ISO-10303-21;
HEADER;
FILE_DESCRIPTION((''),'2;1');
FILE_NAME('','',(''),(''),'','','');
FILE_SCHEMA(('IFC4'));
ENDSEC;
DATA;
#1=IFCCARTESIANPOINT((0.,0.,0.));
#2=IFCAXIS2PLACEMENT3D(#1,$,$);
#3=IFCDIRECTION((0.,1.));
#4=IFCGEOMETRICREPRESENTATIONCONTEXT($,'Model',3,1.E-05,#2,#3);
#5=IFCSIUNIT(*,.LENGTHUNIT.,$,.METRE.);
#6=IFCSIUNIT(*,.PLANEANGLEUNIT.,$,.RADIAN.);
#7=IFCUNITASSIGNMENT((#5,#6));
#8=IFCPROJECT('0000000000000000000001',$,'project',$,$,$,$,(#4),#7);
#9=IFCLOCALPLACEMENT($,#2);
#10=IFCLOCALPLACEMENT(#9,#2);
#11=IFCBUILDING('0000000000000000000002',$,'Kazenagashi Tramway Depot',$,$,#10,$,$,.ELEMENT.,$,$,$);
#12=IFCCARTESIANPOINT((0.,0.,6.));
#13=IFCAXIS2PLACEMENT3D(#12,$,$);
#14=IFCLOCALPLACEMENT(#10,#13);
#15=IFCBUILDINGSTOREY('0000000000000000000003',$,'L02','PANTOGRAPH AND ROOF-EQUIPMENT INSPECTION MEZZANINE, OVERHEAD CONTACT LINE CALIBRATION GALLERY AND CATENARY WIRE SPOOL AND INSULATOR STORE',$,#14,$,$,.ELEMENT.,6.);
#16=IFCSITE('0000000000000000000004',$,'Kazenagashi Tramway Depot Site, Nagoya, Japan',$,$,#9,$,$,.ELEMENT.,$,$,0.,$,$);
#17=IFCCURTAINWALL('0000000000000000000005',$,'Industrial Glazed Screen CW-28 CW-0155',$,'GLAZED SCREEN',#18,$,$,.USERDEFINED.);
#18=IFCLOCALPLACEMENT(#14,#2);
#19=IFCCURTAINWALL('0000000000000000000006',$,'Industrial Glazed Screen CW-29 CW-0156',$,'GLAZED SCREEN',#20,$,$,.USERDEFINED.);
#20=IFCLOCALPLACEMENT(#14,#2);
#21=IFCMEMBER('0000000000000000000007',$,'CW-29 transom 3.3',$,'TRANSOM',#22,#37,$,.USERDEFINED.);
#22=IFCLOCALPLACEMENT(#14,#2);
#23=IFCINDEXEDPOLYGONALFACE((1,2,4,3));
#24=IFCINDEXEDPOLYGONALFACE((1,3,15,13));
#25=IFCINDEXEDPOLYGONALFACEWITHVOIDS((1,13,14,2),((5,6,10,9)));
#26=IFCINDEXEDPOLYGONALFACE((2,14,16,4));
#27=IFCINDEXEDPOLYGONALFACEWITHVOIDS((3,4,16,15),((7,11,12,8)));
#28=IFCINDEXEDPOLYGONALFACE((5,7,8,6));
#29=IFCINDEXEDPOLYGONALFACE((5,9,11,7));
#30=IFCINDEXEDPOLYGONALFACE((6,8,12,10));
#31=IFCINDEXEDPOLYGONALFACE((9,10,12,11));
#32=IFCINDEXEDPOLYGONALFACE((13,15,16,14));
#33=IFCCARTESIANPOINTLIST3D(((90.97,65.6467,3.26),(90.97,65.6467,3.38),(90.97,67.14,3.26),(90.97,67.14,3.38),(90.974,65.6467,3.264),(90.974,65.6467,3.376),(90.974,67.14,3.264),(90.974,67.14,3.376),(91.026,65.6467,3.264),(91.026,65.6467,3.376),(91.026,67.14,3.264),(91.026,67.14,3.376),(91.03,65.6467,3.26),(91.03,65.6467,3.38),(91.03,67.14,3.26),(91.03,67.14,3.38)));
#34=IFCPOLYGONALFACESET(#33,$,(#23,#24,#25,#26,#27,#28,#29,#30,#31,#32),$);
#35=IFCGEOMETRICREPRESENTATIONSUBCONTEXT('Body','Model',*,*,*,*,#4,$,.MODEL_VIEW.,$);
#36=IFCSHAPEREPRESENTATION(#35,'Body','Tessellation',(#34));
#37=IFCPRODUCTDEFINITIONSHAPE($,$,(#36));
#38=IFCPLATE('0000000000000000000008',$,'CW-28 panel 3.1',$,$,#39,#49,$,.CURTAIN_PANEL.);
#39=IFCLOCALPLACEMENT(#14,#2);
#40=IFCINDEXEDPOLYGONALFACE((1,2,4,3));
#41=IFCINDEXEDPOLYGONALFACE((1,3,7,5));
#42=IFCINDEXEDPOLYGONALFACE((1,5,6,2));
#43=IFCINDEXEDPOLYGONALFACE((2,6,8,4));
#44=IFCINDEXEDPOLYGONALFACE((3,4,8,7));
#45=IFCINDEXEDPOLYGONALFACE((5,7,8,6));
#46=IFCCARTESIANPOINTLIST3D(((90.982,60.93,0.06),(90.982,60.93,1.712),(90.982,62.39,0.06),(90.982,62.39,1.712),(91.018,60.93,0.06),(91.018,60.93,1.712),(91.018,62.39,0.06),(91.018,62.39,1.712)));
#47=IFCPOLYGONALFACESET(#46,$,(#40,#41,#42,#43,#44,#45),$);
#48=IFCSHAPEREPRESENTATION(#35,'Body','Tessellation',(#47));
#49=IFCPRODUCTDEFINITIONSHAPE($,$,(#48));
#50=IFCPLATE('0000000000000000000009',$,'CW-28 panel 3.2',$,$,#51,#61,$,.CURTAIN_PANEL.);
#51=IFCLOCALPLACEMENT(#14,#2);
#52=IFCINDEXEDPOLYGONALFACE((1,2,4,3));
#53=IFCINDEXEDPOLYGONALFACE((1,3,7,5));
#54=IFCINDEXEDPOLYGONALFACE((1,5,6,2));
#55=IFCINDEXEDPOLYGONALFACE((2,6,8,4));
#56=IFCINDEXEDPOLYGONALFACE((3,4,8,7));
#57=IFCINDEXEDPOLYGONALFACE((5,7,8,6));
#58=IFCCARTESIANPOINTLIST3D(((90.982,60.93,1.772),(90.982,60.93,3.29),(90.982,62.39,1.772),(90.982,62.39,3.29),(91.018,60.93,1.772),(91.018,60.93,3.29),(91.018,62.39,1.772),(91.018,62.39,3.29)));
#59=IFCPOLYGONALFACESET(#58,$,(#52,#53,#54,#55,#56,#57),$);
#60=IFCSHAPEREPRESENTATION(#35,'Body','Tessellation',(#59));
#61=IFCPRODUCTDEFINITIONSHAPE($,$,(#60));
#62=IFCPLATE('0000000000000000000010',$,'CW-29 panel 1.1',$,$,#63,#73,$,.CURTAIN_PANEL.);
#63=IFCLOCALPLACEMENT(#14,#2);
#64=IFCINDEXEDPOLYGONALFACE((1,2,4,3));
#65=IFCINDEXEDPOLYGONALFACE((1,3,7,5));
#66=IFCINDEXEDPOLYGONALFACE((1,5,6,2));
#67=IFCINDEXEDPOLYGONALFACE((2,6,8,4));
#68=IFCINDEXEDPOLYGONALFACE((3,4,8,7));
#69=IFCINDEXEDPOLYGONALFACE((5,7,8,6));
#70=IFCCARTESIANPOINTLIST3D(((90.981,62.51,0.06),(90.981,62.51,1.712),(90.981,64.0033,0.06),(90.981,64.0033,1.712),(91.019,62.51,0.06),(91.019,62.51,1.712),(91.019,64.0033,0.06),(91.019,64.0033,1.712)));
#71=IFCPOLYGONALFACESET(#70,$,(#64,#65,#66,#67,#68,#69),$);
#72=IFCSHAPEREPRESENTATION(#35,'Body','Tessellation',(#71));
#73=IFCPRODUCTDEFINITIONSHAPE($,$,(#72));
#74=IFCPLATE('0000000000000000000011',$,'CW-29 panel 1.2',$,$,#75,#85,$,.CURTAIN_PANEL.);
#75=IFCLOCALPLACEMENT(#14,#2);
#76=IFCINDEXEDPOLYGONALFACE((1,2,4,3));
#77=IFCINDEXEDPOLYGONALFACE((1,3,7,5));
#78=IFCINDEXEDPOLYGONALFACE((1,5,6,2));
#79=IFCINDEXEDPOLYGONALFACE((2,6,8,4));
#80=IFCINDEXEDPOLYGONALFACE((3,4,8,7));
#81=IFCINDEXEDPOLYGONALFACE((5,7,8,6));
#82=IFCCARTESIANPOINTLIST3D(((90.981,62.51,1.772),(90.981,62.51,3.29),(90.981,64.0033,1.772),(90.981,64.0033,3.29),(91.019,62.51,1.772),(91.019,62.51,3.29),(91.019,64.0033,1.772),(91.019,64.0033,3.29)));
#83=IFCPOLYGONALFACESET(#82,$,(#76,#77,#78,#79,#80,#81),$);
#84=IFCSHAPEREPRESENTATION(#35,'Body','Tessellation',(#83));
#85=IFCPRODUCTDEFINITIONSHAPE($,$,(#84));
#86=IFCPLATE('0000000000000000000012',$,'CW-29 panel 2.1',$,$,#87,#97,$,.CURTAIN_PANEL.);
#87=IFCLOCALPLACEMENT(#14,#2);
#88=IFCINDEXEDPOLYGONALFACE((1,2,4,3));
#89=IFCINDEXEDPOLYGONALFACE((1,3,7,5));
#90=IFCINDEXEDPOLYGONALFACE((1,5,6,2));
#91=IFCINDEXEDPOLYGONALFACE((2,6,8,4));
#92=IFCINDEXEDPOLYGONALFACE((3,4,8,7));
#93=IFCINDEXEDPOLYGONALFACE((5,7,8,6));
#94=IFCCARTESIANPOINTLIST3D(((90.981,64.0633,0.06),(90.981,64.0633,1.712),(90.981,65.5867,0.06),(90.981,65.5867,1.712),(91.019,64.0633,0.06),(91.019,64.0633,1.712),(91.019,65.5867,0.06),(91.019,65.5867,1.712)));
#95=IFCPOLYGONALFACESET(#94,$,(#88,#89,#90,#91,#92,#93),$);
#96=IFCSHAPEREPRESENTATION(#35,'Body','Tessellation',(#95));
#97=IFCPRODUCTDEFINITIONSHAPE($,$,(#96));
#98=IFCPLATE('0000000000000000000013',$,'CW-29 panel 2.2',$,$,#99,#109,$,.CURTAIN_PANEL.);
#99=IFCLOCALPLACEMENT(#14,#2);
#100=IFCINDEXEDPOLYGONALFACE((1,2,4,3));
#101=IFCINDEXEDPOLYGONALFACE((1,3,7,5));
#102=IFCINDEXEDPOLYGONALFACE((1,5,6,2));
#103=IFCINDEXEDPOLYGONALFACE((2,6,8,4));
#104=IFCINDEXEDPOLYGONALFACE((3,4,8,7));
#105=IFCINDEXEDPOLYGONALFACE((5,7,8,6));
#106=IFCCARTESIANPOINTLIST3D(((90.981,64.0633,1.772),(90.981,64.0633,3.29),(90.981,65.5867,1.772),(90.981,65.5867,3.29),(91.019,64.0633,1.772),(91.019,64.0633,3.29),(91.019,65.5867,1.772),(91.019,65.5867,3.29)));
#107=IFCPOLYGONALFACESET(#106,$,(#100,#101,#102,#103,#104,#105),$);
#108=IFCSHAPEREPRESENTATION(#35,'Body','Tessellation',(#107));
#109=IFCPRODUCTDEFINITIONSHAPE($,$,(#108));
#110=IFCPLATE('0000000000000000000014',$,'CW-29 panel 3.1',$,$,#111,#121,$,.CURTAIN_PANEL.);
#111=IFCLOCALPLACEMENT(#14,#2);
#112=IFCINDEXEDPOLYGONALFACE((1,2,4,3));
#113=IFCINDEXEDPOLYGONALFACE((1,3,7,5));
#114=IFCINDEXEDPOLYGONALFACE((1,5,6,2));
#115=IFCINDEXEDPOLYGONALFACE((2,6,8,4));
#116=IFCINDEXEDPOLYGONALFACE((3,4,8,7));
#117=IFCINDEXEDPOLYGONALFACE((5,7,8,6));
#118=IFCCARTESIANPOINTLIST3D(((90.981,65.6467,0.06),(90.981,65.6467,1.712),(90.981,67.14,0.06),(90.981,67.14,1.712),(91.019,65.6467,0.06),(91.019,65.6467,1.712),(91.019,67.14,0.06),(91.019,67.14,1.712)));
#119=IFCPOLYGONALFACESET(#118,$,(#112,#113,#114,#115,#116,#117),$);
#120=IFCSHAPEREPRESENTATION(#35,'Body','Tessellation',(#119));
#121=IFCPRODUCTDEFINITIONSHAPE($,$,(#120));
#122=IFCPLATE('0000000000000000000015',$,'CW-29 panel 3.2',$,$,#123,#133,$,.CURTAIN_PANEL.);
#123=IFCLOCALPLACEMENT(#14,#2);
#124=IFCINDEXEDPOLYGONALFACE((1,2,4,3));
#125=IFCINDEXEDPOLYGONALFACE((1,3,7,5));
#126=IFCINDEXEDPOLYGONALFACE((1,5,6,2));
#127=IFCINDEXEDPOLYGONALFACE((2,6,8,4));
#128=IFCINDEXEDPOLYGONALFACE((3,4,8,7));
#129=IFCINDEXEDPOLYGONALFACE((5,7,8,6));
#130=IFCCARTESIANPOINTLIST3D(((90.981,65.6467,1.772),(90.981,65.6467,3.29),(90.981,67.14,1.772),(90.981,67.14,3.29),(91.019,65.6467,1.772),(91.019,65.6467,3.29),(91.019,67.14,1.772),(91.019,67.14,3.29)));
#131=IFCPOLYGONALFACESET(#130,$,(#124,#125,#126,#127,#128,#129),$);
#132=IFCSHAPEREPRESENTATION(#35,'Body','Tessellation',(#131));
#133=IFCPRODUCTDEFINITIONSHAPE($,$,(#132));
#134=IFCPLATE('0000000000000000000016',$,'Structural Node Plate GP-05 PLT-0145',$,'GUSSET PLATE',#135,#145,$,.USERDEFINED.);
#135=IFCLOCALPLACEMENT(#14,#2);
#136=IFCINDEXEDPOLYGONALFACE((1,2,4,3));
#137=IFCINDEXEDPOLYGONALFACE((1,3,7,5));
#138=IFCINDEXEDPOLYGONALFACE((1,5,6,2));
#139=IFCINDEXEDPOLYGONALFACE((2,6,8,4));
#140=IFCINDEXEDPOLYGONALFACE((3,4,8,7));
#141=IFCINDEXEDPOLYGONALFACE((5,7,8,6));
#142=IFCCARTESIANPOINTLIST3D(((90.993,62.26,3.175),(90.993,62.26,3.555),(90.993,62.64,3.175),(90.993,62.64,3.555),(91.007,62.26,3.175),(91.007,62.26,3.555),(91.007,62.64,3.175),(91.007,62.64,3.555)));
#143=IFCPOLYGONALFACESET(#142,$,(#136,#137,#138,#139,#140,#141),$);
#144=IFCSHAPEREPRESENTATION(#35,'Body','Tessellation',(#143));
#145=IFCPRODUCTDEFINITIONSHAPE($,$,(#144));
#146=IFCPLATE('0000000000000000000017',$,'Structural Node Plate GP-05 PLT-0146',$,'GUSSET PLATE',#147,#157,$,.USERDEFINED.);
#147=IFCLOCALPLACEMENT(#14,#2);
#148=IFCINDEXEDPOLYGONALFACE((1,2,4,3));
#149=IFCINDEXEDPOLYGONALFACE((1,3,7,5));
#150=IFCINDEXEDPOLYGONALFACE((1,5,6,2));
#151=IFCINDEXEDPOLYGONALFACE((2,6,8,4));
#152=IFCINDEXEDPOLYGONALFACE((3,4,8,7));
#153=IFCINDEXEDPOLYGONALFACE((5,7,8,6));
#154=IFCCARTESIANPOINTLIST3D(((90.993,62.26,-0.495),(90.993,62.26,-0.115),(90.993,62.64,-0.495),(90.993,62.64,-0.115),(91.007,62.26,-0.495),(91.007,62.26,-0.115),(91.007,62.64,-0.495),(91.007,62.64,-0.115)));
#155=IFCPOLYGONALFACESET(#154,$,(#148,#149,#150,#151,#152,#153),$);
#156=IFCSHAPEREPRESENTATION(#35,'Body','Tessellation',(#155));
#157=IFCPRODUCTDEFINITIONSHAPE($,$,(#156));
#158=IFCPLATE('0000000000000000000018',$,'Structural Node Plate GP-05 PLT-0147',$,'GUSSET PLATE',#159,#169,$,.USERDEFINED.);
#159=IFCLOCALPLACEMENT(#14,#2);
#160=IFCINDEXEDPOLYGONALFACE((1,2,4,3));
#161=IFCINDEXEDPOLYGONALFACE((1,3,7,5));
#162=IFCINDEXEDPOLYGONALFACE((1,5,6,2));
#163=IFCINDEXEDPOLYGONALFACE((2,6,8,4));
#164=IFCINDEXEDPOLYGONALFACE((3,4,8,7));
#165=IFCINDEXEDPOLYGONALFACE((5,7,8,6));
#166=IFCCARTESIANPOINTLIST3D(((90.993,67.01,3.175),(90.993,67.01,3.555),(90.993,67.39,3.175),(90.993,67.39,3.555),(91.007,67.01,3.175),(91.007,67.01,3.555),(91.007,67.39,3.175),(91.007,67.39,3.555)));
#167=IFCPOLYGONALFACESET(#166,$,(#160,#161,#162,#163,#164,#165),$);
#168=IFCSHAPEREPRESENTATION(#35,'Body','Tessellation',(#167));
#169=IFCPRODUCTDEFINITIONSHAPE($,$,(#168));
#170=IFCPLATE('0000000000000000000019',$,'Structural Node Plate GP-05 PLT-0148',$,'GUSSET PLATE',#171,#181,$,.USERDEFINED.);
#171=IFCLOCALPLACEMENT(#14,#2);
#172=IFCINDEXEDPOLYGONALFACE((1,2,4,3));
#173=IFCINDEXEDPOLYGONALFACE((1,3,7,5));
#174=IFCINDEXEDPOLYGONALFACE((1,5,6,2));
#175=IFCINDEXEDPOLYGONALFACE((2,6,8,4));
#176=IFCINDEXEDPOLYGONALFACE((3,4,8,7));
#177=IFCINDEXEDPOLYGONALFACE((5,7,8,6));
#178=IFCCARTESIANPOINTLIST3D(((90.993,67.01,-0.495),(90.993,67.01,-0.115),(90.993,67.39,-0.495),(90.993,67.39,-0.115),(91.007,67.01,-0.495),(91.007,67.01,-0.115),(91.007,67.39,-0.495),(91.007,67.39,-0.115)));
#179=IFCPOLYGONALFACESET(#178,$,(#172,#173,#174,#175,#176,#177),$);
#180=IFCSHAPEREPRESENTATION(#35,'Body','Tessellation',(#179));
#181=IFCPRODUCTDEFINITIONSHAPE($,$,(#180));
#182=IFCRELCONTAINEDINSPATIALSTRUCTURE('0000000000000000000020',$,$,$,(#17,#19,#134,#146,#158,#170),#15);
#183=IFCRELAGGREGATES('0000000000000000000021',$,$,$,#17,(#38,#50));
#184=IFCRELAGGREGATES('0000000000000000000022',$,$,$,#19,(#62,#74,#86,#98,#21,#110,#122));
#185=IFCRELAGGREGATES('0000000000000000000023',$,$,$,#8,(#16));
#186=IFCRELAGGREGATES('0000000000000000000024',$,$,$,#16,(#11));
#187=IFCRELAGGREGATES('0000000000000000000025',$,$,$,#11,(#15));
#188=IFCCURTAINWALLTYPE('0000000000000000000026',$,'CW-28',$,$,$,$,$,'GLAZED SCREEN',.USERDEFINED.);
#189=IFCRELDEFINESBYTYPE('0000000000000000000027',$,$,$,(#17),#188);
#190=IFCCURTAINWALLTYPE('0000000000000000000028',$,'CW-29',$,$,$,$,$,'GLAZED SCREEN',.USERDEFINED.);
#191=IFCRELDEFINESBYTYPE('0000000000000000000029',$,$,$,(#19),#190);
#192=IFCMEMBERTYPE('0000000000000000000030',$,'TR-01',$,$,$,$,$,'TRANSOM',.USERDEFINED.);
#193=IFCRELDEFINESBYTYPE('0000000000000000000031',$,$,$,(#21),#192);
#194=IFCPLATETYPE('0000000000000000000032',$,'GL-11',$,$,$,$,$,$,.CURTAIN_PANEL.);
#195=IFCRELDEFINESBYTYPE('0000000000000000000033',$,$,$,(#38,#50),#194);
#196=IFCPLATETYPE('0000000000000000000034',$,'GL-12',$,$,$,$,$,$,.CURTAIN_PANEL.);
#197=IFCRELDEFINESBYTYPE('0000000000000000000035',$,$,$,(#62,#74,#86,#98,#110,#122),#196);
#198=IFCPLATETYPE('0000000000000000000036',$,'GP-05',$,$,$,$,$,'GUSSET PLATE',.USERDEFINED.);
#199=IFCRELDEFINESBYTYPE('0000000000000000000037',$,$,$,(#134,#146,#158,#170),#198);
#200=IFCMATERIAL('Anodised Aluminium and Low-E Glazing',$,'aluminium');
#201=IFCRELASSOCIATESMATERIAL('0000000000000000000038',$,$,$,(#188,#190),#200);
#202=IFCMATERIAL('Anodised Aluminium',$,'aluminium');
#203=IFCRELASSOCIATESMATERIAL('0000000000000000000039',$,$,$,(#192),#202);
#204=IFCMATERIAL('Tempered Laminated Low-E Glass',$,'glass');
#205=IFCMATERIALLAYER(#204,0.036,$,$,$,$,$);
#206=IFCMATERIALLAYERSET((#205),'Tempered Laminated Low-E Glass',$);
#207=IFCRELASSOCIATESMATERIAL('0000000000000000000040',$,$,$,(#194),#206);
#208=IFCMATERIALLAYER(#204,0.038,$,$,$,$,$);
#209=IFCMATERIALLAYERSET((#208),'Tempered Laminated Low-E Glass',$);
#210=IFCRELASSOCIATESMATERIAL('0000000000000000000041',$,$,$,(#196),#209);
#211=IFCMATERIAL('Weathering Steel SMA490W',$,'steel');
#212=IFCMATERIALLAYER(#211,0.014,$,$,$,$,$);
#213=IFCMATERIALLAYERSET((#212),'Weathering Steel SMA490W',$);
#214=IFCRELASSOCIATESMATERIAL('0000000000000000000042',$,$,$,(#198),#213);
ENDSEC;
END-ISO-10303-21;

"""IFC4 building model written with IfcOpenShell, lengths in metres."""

from ifc_helpers import new_model, si_unit, direction, frame, origin, origin_2d, place, context, subcontext, project, spatial, rectangle, hollow_rectangle, extrude, material, layer, layer_set, material_profile, profile_set, type_object, element, aggregate, save


model = new_model("IFC4")

# Units and contexts
model_context = context("Model", 3, precision=1e-05, world=origin(), true_north=direction((0.0, 1.0)))
body_context = subcontext(model_context, "Body", "Model", "MODEL_VIEW")
ifc_project = project(units=[si_unit("LENGTHUNIT", "METRE"), si_unit("PLANEANGLEUNIT", "RADIAN")], contexts=[model_context])

# Site, building, storey
site_placement = place(None, origin())
site = spatial("IfcSite", under=ifc_project, at=site_placement, Name="Kazenagashi Tramway Depot Site, Nagoya, Japan", CompositionType="ELEMENT", RefElevation=0.0)
building_placement = place(site_placement, origin())
building = spatial("IfcBuilding", under=site, at=building_placement, Name="Kazenagashi Tramway Depot", CompositionType="ELEMENT")
storey_placement = place(building_placement, frame((0.0, 0.0, 6.0)))
storey = spatial("IfcBuildingStorey", under=building, at=storey_placement, Name="L02", Description="PANTOGRAPH AND ROOF-EQUIPMENT INSPECTION MEZZANINE, OVERHEAD CONTACT LINE CALIBRATION GALLERY AND CATENARY WIRE SPOOL AND INSULATOR STORE", CompositionType="ELEMENT", Elevation=6.0)

# Shared definitions
ifc_material_1 = material(Name="Weathering Steel SMA490W", Category="steel")

# Curtain wall
ifc_material_2 = material(Name="Anodised Aluminium and Low-E Glazing", Category="aluminium")
curtain_wall_type_1 = type_object("IfcCurtainWallType", Name="CW-28", ElementType="GLAZED SCREEN", PredefinedType="USERDEFINED", material=ifc_material_2)
curtain_wall_1_placement = place(storey_placement, origin())
curtain_wall_1 = element("IfcCurtainWall", 1, at=curtain_wall_1_placement, inside=storey, type_object=curtain_wall_type_1, Name="Industrial Glazed Screen CW-28 CW-0155", ObjectType="GLAZED SCREEN", PredefinedType="USERDEFINED")
ifc_material_3 = material(Name="Anodised Aluminium", Category="aluminium")

# Curtain wall
curtain_wall_type_2 = type_object("IfcCurtainWallType", Name="CW-29", ElementType="GLAZED SCREEN", PredefinedType="USERDEFINED", material=ifc_material_2)
curtain_wall_2_placement = place(storey_placement, origin())
curtain_wall_2 = element("IfcCurtainWall", 2, at=curtain_wall_2_placement, inside=storey, type_object=curtain_wall_type_2, Name="Industrial Glazed Screen CW-29 CW-0156", ObjectType="GLAZED SCREEN", PredefinedType="USERDEFINED")

# Member
ifc_material_profile_1 = material_profile(ifc_material_3, hollow_rectangle(XDim=0.06, YDim=0.12, WallThickness=0.004, at=origin_2d()), Name="RHS-120x60x4")
ifc_profile_set_1 = profile_set([ifc_material_profile_1], Name="Anodised Aluminium")
member_type_1 = type_object("IfcMemberType", Name="TR-01", ElementType="TRANSOM", PredefinedType="USERDEFINED", material=ifc_profile_set_1)
member_1_placement = place(storey_placement, frame((91.0, 65.6467, 3.32), z_axis=(0.0, 1.0, 0.0), x_axis=(-1.0, 0.0, 0.0)))
member_1 = element("IfcMember", 3, at=member_1_placement, type_object=member_type_1, Name="CW-29 transom 3.3", ObjectType="TRANSOM", PredefinedType="USERDEFINED", context=body_context, shape_type="SweptSolid", body=[
    extrude(hollow_rectangle(XDim=0.06, YDim=0.12, WallThickness=0.004, at=origin_2d()), origin(), (0.0, 0.0, 1.0), 1.4933),
])

# Plates
ifc_material_4 = material(Name="Tempered Laminated Low-E Glass", Category="glass")
ifc_layer_1 = layer(ifc_material_4, 0.036)
ifc_layer_set_1 = layer_set([ifc_layer_1], Name="Tempered Laminated Low-E Glass")
plate_type_1 = type_object("IfcPlateType", Name="GL-11", PredefinedType="CURTAIN_PANEL", material=ifc_layer_set_1)
plate_1_placement = place(storey_placement, frame((91.0, 61.66, 0.06), z_axis=(0.0, 0.0, 1.0), x_axis=(0.0, 1.0, 0.0)))
plate_1 = element("IfcPlate", 4, at=plate_1_placement, type_object=plate_type_1, Name="CW-28 panel 3.1", PredefinedType="CURTAIN_PANEL", context=body_context, shape_type="SweptSolid", body=[
    extrude(rectangle(XDim=1.46, YDim=0.036, at=origin_2d()), origin(), (0.0, 0.0, 1.0), 1.652),
])
plate_2_placement = place(storey_placement, frame((91.0, 61.66, 1.772), z_axis=(0.0, 0.0, 1.0), x_axis=(0.0, 1.0, 0.0)))
plate_2 = element("IfcPlate", 5, at=plate_2_placement, type_object=plate_type_1, Name="CW-28 panel 3.2", PredefinedType="CURTAIN_PANEL", context=body_context, shape_type="SweptSolid", body=[
    extrude(rectangle(XDim=1.46, YDim=0.036, at=origin_2d()), origin(), (0.0, 0.0, 1.0), 1.518),
])
aggregate(curtain_wall_1, [plate_1, plate_2])
ifc_layer_2 = layer(ifc_material_4, 0.038)
ifc_layer_set_2 = layer_set([ifc_layer_2], Name="Tempered Laminated Low-E Glass")
plate_type_2 = type_object("IfcPlateType", Name="GL-12", PredefinedType="CURTAIN_PANEL", material=ifc_layer_set_2)
plate_3_placement = place(storey_placement, frame((91.0, 63.2567, 0.06), z_axis=(0.0, 0.0, 1.0), x_axis=(0.0, 1.0, 0.0)))
plate_3 = element("IfcPlate", 6, at=plate_3_placement, type_object=plate_type_2, Name="CW-29 panel 1.1", PredefinedType="CURTAIN_PANEL", context=body_context, shape_type="SweptSolid", body=[
    extrude(rectangle(XDim=1.4933, YDim=0.038, at=origin_2d()), origin(), (0.0, 0.0, 1.0), 1.652),
])
plate_4_placement = place(storey_placement, frame((91.0, 63.2567, 1.772), z_axis=(0.0, 0.0, 1.0), x_axis=(0.0, 1.0, 0.0)))
plate_4 = element("IfcPlate", 7, at=plate_4_placement, type_object=plate_type_2, Name="CW-29 panel 1.2", PredefinedType="CURTAIN_PANEL", context=body_context, shape_type="SweptSolid", body=[
    extrude(rectangle(XDim=1.4933, YDim=0.038, at=origin_2d()), origin(), (0.0, 0.0, 1.0), 1.518),
])
plate_5_placement = place(storey_placement, frame((91.0, 64.825, 0.06), z_axis=(0.0, 0.0, 1.0), x_axis=(0.0, 1.0, 0.0)))
plate_5 = element("IfcPlate", 8, at=plate_5_placement, type_object=plate_type_2, Name="CW-29 panel 2.1", PredefinedType="CURTAIN_PANEL", context=body_context, shape_type="SweptSolid", body=[
    extrude(rectangle(XDim=1.5233, YDim=0.038, at=origin_2d()), origin(), (0.0, 0.0, 1.0), 1.652),
])
plate_6_placement = place(storey_placement, frame((91.0, 64.825, 1.772), z_axis=(0.0, 0.0, 1.0), x_axis=(0.0, 1.0, 0.0)))
plate_6 = element("IfcPlate", 9, at=plate_6_placement, type_object=plate_type_2, Name="CW-29 panel 2.2", PredefinedType="CURTAIN_PANEL", context=body_context, shape_type="SweptSolid", body=[
    extrude(rectangle(XDim=1.5233, YDim=0.038, at=origin_2d()), origin(), (0.0, 0.0, 1.0), 1.518),
])
plate_7_placement = place(storey_placement, frame((91.0, 66.3933, 0.06), z_axis=(0.0, 0.0, 1.0), x_axis=(0.0, 1.0, 0.0)))
plate_7 = element("IfcPlate", 10, at=plate_7_placement, type_object=plate_type_2, Name="CW-29 panel 3.1", PredefinedType="CURTAIN_PANEL", context=body_context, shape_type="SweptSolid", body=[
    extrude(rectangle(XDim=1.4933, YDim=0.038, at=origin_2d()), origin(), (0.0, 0.0, 1.0), 1.652),
])
plate_8_placement = place(storey_placement, frame((91.0, 66.3933, 1.772), z_axis=(0.0, 0.0, 1.0), x_axis=(0.0, 1.0, 0.0)))
plate_8 = element("IfcPlate", 11, at=plate_8_placement, type_object=plate_type_2, Name="CW-29 panel 3.2", PredefinedType="CURTAIN_PANEL", context=body_context, shape_type="SweptSolid", body=[
    extrude(rectangle(XDim=1.4933, YDim=0.038, at=origin_2d()), origin(), (0.0, 0.0, 1.0), 1.518),
])
aggregate(curtain_wall_2, [plate_3, plate_4, plate_5, plate_6, member_1, plate_7, plate_8])

# Plates
ifc_layer_3 = layer(ifc_material_1, 0.014)
ifc_layer_set_3 = layer_set([ifc_layer_3], Name="Weathering Steel SMA490W")
plate_type_3 = type_object("IfcPlateType", Name="GP-05", ElementType="GUSSET PLATE", PredefinedType="USERDEFINED", material=ifc_layer_set_3)
for number, where, z_axis, x_axis, name in (
    (12, (91.0, 62.45, 3.175), (0.0, 0.0, 1.0), (0.0, 1.0, 0.0), "Structural Node Plate GP-05 PLT-0145"),
    (13, (91.0, 62.45, -0.495), (0.0, 0.0, 1.0), (0.0, 1.0, 0.0), "Structural Node Plate GP-05 PLT-0146"),
    (14, (91.0, 67.2, 3.175), (0.0, 0.0, 1.0), (0.0, 1.0, 0.0), "Structural Node Plate GP-05 PLT-0147"),
    (15, (91.0, 67.2, -0.495), (0.0, 0.0, 1.0), (0.0, 1.0, 0.0), "Structural Node Plate GP-05 PLT-0148"),
):
    element("IfcPlate", number, at=place(storey_placement, frame(where, z_axis=z_axis, x_axis=x_axis)), inside=storey, type_object=plate_type_3, Name=name, ObjectType="GUSSET PLATE", PredefinedType="USERDEFINED", context=body_context, shape_type="SweptSolid", body=[
        extrude(rectangle(XDim=0.38, YDim=0.014, at=origin_2d()), origin(), (0.0, 0.0, 1.0), 0.38),
    ])

save(model, "model.ifc")
